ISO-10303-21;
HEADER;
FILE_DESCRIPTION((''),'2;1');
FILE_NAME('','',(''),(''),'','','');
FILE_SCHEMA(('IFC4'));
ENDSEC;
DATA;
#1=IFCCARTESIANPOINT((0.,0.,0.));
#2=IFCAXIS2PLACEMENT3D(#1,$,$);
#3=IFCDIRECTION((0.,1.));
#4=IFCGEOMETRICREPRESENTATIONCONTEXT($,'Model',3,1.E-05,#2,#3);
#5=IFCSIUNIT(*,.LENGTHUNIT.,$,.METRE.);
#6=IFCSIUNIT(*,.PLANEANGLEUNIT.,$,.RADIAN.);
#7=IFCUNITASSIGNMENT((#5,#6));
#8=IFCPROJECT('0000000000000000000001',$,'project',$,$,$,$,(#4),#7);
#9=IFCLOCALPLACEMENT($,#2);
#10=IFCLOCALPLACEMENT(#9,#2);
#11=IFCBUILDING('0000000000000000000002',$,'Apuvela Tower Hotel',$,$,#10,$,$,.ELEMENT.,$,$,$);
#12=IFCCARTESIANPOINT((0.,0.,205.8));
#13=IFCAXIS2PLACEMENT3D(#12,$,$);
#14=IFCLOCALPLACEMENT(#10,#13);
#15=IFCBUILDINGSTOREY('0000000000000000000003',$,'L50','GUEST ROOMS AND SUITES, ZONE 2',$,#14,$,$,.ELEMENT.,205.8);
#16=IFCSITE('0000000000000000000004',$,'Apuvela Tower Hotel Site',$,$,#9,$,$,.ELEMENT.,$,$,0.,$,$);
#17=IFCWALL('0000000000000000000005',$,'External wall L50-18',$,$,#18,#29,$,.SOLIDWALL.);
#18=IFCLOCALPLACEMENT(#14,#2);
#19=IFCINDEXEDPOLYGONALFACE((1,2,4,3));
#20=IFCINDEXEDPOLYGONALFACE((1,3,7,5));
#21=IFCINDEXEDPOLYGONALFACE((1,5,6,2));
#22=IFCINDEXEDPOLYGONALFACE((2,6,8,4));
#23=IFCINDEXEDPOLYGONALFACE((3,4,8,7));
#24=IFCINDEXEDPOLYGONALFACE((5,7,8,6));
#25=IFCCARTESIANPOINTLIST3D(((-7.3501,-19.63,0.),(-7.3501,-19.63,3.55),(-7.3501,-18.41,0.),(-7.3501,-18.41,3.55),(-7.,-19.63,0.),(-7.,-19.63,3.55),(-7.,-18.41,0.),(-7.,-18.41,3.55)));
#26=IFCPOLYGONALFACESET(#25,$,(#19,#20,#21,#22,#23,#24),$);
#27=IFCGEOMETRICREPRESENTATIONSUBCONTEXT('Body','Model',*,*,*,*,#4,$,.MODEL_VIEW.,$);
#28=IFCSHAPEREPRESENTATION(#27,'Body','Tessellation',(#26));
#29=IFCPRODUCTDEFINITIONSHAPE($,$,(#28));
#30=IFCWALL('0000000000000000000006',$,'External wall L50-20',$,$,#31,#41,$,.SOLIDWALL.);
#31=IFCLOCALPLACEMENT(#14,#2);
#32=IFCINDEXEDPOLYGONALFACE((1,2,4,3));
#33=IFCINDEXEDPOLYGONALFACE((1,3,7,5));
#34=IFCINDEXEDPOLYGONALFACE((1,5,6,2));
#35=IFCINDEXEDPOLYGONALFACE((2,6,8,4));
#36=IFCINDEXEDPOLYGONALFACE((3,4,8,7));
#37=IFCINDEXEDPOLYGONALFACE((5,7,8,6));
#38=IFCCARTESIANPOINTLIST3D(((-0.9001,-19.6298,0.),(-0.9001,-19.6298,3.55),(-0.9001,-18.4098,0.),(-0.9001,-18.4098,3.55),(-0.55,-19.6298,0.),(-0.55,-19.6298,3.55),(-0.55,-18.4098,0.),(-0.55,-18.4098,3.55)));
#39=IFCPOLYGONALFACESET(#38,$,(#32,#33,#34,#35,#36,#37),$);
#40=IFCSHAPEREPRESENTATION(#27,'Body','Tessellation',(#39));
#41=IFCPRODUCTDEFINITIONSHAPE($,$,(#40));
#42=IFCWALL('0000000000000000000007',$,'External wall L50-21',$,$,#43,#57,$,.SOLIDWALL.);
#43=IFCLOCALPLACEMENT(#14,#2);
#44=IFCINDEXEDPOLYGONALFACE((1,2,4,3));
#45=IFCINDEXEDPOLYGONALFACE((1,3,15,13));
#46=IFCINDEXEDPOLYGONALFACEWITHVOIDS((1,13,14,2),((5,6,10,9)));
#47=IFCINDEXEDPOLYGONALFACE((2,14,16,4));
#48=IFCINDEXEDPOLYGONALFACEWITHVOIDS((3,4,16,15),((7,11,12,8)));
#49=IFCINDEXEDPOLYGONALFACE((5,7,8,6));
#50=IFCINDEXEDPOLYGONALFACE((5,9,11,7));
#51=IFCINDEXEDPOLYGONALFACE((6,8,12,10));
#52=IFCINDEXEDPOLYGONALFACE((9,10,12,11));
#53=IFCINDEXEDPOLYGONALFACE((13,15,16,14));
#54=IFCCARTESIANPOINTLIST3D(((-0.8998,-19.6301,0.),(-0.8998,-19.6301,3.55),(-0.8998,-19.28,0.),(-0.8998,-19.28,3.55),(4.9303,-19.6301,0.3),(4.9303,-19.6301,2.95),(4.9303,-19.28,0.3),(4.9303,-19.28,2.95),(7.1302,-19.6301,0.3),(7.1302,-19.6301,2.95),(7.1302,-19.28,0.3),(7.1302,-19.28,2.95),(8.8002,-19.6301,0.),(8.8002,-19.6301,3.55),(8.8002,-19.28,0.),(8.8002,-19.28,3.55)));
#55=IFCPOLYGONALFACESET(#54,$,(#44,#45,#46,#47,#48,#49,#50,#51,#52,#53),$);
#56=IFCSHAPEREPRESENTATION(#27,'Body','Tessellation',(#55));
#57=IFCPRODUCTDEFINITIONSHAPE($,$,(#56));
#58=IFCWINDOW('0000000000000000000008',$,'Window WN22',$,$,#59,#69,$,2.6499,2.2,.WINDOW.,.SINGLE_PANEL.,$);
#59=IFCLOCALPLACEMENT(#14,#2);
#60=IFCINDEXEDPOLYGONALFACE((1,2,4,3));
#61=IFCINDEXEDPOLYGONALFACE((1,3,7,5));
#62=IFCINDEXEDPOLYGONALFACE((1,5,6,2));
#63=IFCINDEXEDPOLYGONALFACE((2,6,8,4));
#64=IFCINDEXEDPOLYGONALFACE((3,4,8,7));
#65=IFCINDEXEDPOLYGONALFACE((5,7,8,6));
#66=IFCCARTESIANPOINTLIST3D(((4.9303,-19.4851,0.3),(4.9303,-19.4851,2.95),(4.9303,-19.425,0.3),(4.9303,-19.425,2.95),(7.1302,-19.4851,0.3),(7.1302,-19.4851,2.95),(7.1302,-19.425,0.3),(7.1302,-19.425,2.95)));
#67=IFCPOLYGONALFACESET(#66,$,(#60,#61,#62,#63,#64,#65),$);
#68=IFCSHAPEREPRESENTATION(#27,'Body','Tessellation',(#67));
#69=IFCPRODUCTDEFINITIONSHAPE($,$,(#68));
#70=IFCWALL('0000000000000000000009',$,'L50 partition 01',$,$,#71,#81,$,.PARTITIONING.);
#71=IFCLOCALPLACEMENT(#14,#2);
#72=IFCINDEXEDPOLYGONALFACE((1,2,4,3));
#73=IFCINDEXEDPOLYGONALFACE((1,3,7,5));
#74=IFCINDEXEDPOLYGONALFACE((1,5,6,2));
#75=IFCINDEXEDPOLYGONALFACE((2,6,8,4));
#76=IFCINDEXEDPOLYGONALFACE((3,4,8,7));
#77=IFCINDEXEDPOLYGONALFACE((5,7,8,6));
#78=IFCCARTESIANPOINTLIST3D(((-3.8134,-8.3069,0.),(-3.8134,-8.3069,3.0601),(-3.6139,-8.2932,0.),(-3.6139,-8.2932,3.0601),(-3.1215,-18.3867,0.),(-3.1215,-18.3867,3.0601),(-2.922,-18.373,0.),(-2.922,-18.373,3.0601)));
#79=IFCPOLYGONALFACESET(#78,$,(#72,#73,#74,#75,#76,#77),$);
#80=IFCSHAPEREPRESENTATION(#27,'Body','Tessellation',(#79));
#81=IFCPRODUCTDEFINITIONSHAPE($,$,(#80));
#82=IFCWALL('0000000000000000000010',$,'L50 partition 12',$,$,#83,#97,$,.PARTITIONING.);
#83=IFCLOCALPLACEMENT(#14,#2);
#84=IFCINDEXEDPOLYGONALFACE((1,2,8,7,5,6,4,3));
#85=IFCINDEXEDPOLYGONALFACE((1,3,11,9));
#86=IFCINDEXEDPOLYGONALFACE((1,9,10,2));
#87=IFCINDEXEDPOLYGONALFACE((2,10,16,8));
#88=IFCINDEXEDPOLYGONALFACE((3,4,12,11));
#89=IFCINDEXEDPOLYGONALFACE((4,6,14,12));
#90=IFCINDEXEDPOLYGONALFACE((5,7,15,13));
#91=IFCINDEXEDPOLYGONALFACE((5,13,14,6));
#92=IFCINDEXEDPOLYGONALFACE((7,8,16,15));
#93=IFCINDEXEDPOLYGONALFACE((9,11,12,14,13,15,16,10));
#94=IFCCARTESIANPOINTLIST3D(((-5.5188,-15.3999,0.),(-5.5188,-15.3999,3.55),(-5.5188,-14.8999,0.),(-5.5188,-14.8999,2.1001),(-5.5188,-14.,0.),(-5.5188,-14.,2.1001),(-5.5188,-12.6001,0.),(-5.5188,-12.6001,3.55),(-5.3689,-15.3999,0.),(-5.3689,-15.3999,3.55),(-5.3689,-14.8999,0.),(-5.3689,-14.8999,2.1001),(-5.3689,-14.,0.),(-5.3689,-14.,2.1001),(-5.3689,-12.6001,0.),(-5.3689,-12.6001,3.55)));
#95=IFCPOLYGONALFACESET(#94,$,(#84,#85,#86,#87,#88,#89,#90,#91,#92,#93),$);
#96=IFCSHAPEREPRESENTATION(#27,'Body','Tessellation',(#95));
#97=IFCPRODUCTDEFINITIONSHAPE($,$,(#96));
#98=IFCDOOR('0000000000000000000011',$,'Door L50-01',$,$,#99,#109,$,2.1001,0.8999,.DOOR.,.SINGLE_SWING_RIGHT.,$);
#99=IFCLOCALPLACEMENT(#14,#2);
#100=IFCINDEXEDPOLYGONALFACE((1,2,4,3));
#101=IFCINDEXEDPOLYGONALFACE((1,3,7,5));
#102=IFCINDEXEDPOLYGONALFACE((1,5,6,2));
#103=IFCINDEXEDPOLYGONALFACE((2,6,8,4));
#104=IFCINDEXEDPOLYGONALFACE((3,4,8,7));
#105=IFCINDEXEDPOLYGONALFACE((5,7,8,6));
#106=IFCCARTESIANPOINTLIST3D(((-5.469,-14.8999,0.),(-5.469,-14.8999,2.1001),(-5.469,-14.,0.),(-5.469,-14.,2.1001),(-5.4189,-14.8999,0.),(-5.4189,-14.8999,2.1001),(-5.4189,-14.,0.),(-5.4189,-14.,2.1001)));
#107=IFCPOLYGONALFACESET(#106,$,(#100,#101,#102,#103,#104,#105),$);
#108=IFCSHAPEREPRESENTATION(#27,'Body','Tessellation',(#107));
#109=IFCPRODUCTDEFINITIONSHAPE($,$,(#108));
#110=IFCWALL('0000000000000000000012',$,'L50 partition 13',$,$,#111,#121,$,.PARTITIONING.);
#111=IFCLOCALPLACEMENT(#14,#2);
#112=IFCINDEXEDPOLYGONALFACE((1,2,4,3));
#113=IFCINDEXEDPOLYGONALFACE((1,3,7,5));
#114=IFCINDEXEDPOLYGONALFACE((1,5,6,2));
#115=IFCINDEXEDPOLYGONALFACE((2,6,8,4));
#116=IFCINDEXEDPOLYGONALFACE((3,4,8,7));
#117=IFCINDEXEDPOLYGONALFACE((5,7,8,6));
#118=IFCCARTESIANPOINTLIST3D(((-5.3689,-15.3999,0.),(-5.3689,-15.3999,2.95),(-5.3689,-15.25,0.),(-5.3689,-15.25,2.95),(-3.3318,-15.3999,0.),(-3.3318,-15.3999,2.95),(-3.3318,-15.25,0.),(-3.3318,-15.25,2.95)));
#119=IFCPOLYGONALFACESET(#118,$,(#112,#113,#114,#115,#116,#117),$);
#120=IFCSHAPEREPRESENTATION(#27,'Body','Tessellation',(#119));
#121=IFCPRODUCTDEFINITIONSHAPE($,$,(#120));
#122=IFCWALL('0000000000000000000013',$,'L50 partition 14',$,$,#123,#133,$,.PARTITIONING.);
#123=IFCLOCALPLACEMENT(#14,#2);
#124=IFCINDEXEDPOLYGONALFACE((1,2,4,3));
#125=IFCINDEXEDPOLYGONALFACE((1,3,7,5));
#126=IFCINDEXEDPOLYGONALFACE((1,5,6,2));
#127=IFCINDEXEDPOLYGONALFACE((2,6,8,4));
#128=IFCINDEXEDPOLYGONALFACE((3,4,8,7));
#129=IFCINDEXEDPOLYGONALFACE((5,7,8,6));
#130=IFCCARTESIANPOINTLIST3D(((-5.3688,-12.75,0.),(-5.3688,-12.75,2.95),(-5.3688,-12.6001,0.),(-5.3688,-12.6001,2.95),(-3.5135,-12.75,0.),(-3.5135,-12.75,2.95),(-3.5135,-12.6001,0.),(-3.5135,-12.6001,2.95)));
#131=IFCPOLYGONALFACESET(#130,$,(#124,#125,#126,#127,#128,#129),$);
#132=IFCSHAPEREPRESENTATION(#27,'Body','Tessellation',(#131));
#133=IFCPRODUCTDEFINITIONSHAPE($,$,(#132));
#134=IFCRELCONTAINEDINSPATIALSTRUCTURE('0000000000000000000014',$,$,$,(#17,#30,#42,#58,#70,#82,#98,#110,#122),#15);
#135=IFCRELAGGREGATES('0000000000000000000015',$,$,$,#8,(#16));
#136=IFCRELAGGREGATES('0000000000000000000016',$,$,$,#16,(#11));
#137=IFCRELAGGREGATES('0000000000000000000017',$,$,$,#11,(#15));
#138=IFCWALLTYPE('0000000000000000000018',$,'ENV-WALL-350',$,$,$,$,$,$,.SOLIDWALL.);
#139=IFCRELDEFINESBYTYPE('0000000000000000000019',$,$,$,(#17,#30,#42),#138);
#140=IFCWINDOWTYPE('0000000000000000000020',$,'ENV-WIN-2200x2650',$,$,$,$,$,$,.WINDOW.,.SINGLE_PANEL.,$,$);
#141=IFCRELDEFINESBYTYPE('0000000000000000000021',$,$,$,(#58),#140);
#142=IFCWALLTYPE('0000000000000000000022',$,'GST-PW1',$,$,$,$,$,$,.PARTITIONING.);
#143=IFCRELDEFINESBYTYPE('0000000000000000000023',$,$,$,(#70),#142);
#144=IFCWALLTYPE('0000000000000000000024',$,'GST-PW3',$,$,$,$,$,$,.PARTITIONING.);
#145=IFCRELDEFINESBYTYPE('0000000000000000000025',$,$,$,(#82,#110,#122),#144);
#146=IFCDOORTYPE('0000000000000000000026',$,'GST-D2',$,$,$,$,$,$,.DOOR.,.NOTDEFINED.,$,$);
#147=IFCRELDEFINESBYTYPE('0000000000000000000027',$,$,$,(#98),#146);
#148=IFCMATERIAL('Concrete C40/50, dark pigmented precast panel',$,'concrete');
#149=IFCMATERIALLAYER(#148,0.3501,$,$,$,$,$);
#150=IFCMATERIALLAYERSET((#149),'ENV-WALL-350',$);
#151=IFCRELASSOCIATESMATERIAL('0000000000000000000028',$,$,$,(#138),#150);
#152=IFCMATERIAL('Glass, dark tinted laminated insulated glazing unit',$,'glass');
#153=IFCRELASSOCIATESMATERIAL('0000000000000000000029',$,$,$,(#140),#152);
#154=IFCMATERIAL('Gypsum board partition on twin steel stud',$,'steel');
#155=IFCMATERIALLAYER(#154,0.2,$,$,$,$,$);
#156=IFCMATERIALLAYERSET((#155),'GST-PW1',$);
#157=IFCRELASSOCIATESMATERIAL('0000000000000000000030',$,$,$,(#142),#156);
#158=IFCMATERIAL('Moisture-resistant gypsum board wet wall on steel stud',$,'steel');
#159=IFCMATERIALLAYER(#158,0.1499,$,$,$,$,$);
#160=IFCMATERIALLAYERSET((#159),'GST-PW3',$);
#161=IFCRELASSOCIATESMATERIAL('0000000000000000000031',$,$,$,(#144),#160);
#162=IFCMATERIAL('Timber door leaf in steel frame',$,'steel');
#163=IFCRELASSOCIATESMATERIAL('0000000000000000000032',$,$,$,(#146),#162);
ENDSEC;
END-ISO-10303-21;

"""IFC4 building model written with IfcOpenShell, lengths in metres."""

from ifc_helpers import new_model, si_unit, direction, frame, frame_2d, origin, place, context, subcontext, project, spatial, rectangle, extrude, material, layer, layer_set, type_object, element, fill, save


model = new_model("IFC4")

# Units and contexts
model_context = context("Model", 3, precision=1e-05, world=origin(), true_north=direction((0.0, 1.0)))
body_context = subcontext(model_context, "Body", "Model", "MODEL_VIEW")
ifc_project = project(units=[si_unit("LENGTHUNIT", "METRE"), si_unit("PLANEANGLEUNIT", "RADIAN")], contexts=[model_context])

# Site, building, storey
site_placement = place(None, origin())
site = spatial("IfcSite", under=ifc_project, at=site_placement, Name="Apuvela Tower Hotel Site", CompositionType="ELEMENT", RefElevation=0.0)
building_placement = place(site_placement, origin())
building = spatial("IfcBuilding", under=site, at=building_placement, Name="Apuvela Tower Hotel", CompositionType="ELEMENT")
storey_placement = place(building_placement, frame((0.0, 0.0, 205.8)))
storey = spatial("IfcBuildingStorey", under=building, at=storey_placement, Name="L50", Description="GUEST ROOMS AND SUITES, ZONE 2", CompositionType="ELEMENT", Elevation=205.8)

# Wall
ifc_material_1 = material(Name="Concrete C40/50, dark pigmented precast panel", Category="concrete")
ifc_layer_1 = layer(ifc_material_1, 0.3501)
ifc_layer_set_1 = layer_set([ifc_layer_1], Name="ENV-WALL-350")
wall_type_1 = type_object("IfcWallType", Name="ENV-WALL-350", PredefinedType="SOLIDWALL", material=ifc_layer_set_1)
wall_1_placement = place(storey_placement, frame((-7.175, -19.6299, 0.0), z_axis=(0.0, 0.0, 1.0), x_axis=(0.0, 1.0, 0.0)))
element("IfcWall", 1, at=wall_1_placement, inside=storey, type_object=wall_type_1, Name="External wall L50-18", PredefinedType="SOLIDWALL", context=body_context, shape_type="SweptSolid", body=[
    extrude(rectangle(XDim=1.22, YDim=0.3501, at=frame_2d((0.6099, 0.0))), origin(), (0.0, 0.0, 1.0), 3.55),
])

# Shared definitions
ifc_material_2 = material(Name="Glass, dark tinted laminated insulated glazing unit", Category="glass")

# Wall
wall_2_placement = place(storey_placement, frame((-0.7251, -18.4099, 0.0), z_axis=(0.0, 0.0, 1.0), x_axis=(0.0, -1.0, 0.0)))
element("IfcWall", 2, at=wall_2_placement, inside=storey, type_object=wall_type_1, Name="External wall L50-20", PredefinedType="SOLIDWALL", context=body_context, shape_type="SweptSolid", body=[
    extrude(rectangle(XDim=1.22, YDim=0.3501, at=frame_2d((0.6099, 0.0))), origin(), (0.0, 0.0, 1.0), 3.55),
])

# Wall, opening, window
wall_3_placement = place(storey_placement, frame((-0.8999, -19.4551, 0.0), z_axis=(0.0, 0.0, 1.0), x_axis=(1.0, 0.0, 0.0)))
wall_3 = element("IfcWall", 3, at=wall_3_placement, inside=storey, type_object=wall_type_1, Name="External wall L50-21", PredefinedType="SOLIDWALL", context=body_context, shape_type="SweptSolid", body=[
    extrude(rectangle(XDim=9.7, YDim=0.3501, at=frame_2d((4.8501, 0.0))), origin(), (0.0, 0.0, 1.0), 3.55),
])
opening_1_placement = place(wall_3_placement, frame((5.8301, 0.0, 0.3)))
opening_1 = element("IfcOpeningElement", 4, at=opening_1_placement, cuts=wall_3, PredefinedType="OPENING", context=body_context, shape_type="SweptSolid", body=[
    extrude(rectangle(XDim=2.2, YDim=2.6499, at=frame_2d((1.1001, 1.325))), frame((0.0, 0.1851, 0.0), z_axis=(0.0, -1.0, 0.0), x_axis=(1.0, 0.0, 0.0)), (0.0, 0.0, 1.0), 0.3701),
])
window_type_1 = type_object("IfcWindowType", Name="ENV-WIN-2200x2650", PartitioningType="SINGLE_PANEL", PredefinedType="WINDOW", material=ifc_material_2)
window_1_placement = place(opening_1_placement, origin())
window_1 = element("IfcWindow", 5, at=window_1_placement, inside=storey, type_object=window_type_1, Name="Window WN22", OverallHeight=2.6499, OverallWidth=2.2, PartitioningType="SINGLE_PANEL", PredefinedType="WINDOW", context=body_context, shape_type="SweptSolid", body=[
    extrude(rectangle(XDim=2.2, YDim=2.6499, at=frame_2d((1.1001, 1.325))), frame((0.0, 0.03, 0.0), z_axis=(0.0, -1.0, 0.0), x_axis=(1.0, 0.0, 0.0)), (0.0, 0.0, 1.0), 0.0601),
])
fill(opening_1, window_1)

# Wall
ifc_material_3 = material(Name="Gypsum board partition on twin steel stud", Category="steel")
ifc_layer_2 = layer(ifc_material_3, 0.2)
ifc_layer_set_2 = layer_set([ifc_layer_2], Name="GST-PW1")
wall_type_2 = type_object("IfcWallType", Name="GST-PW1", PredefinedType="PARTITIONING", material=ifc_layer_set_2)
wall_4_placement = place(storey_placement, frame((-3.0217, -18.3799, 0.0), z_axis=(0.0, 0.0, 1.0), x_axis=(-0.06848, 0.997652, 0.0)))
element("IfcWall", 6, at=wall_4_placement, inside=storey, type_object=wall_type_2, Name="L50 partition 01", PredefinedType="PARTITIONING", context=body_context, shape_type="SweptSolid", body=[
    extrude(rectangle(XDim=10.1035, YDim=0.2, at=frame_2d((5.0518, 0.0))), origin(), (0.0, 0.0, 1.0), 3.0601),
])

# Wall, opening, door
ifc_material_4 = material(Name="Moisture-resistant gypsum board wet wall on steel stud", Category="steel")
ifc_layer_3 = layer(ifc_material_4, 0.1499)
ifc_layer_set_3 = layer_set([ifc_layer_3], Name="GST-PW3")
wall_type_3 = type_object("IfcWallType", Name="GST-PW3", PredefinedType="PARTITIONING", material=ifc_layer_set_3)
wall_5_placement = place(storey_placement, frame((-5.4438, -12.6001, 0.0), z_axis=(0.0, 0.0, 1.0), x_axis=(0.0, -1.0, 0.0)))
wall_5 = element("IfcWall", 7, at=wall_5_placement, inside=storey, type_object=wall_type_3, Name="L50 partition 12", PredefinedType="PARTITIONING", context=body_context, shape_type="SweptSolid", body=[
    extrude(rectangle(XDim=2.7998, YDim=0.1499, at=frame_2d((1.3999, 0.0))), origin(), (0.0, 0.0, 1.0), 3.55),
])
opening_2_placement = place(wall_5_placement, frame((1.3999, 0.0, 0.0)))
opening_2 = element("IfcOpeningElement", 8, at=opening_2_placement, cuts=wall_5, PredefinedType="OPENING", context=body_context, shape_type="SweptSolid", body=[
    extrude(rectangle(XDim=0.8999, YDim=2.1001, at=frame_2d((0.45, 1.05))), frame((0.0, 0.085, 0.0), z_axis=(0.0, -1.0, 0.0), x_axis=(1.0, 0.0, 0.0)), (0.0, 0.0, 1.0), 0.1699),
])
ifc_material_5 = material(Name="Timber door leaf in steel frame", Category="steel")
door_type_1 = type_object("IfcDoorType", Name="GST-D2", OperationType="NOTDEFINED", PredefinedType="DOOR", material=ifc_material_5)
door_1_placement = place(opening_2_placement, origin())
door_1 = element("IfcDoor", 9, at=door_1_placement, inside=storey, type_object=door_type_1, Name="Door L50-01", OperationType="SINGLE_SWING_RIGHT", OverallHeight=2.1001, OverallWidth=0.8999, PredefinedType="DOOR", context=body_context, shape_type="SweptSolid", body=[
    extrude(rectangle(XDim=0.8999, YDim=2.1001, at=frame_2d((0.45, 1.05))), frame((0.0, 0.0249, 0.0), z_axis=(0.0, -1.0, 0.0), x_axis=(1.0, 0.0, 0.0)), (0.0, 0.0, 1.0), 0.05),
])
fill(opening_2, door_1)

# Walls
wall_6_placement = place(storey_placement, frame((-5.3689, -15.325, 0.0), z_axis=(0.0, 0.0, 1.0), x_axis=(1.0, 0.0, 0.0)))
element("IfcWall", 10, at=wall_6_placement, inside=storey, type_object=wall_type_3, Name="L50 partition 13", PredefinedType="PARTITIONING", context=body_context, shape_type="SweptSolid", body=[
    extrude(rectangle(XDim=2.0371, YDim=0.1499, at=frame_2d((1.0186, 0.0))), origin(), (0.0, 0.0, 1.0), 2.95),
])
wall_7_placement = place(storey_placement, frame((-5.3689, -12.675, 0.0), z_axis=(0.0, 0.0, 1.0), x_axis=(1.0, 0.0, 0.0)))
element("IfcWall", 11, at=wall_7_placement, inside=storey, type_object=wall_type_3, Name="L50 partition 14", PredefinedType="PARTITIONING", context=body_context, shape_type="SweptSolid", body=[
    extrude(rectangle(XDim=1.8552, YDim=0.1499, at=frame_2d((0.9277, 0.0))), origin(), (0.0, 0.0, 1.0), 2.95),
])

save(model, "model.ifc")
